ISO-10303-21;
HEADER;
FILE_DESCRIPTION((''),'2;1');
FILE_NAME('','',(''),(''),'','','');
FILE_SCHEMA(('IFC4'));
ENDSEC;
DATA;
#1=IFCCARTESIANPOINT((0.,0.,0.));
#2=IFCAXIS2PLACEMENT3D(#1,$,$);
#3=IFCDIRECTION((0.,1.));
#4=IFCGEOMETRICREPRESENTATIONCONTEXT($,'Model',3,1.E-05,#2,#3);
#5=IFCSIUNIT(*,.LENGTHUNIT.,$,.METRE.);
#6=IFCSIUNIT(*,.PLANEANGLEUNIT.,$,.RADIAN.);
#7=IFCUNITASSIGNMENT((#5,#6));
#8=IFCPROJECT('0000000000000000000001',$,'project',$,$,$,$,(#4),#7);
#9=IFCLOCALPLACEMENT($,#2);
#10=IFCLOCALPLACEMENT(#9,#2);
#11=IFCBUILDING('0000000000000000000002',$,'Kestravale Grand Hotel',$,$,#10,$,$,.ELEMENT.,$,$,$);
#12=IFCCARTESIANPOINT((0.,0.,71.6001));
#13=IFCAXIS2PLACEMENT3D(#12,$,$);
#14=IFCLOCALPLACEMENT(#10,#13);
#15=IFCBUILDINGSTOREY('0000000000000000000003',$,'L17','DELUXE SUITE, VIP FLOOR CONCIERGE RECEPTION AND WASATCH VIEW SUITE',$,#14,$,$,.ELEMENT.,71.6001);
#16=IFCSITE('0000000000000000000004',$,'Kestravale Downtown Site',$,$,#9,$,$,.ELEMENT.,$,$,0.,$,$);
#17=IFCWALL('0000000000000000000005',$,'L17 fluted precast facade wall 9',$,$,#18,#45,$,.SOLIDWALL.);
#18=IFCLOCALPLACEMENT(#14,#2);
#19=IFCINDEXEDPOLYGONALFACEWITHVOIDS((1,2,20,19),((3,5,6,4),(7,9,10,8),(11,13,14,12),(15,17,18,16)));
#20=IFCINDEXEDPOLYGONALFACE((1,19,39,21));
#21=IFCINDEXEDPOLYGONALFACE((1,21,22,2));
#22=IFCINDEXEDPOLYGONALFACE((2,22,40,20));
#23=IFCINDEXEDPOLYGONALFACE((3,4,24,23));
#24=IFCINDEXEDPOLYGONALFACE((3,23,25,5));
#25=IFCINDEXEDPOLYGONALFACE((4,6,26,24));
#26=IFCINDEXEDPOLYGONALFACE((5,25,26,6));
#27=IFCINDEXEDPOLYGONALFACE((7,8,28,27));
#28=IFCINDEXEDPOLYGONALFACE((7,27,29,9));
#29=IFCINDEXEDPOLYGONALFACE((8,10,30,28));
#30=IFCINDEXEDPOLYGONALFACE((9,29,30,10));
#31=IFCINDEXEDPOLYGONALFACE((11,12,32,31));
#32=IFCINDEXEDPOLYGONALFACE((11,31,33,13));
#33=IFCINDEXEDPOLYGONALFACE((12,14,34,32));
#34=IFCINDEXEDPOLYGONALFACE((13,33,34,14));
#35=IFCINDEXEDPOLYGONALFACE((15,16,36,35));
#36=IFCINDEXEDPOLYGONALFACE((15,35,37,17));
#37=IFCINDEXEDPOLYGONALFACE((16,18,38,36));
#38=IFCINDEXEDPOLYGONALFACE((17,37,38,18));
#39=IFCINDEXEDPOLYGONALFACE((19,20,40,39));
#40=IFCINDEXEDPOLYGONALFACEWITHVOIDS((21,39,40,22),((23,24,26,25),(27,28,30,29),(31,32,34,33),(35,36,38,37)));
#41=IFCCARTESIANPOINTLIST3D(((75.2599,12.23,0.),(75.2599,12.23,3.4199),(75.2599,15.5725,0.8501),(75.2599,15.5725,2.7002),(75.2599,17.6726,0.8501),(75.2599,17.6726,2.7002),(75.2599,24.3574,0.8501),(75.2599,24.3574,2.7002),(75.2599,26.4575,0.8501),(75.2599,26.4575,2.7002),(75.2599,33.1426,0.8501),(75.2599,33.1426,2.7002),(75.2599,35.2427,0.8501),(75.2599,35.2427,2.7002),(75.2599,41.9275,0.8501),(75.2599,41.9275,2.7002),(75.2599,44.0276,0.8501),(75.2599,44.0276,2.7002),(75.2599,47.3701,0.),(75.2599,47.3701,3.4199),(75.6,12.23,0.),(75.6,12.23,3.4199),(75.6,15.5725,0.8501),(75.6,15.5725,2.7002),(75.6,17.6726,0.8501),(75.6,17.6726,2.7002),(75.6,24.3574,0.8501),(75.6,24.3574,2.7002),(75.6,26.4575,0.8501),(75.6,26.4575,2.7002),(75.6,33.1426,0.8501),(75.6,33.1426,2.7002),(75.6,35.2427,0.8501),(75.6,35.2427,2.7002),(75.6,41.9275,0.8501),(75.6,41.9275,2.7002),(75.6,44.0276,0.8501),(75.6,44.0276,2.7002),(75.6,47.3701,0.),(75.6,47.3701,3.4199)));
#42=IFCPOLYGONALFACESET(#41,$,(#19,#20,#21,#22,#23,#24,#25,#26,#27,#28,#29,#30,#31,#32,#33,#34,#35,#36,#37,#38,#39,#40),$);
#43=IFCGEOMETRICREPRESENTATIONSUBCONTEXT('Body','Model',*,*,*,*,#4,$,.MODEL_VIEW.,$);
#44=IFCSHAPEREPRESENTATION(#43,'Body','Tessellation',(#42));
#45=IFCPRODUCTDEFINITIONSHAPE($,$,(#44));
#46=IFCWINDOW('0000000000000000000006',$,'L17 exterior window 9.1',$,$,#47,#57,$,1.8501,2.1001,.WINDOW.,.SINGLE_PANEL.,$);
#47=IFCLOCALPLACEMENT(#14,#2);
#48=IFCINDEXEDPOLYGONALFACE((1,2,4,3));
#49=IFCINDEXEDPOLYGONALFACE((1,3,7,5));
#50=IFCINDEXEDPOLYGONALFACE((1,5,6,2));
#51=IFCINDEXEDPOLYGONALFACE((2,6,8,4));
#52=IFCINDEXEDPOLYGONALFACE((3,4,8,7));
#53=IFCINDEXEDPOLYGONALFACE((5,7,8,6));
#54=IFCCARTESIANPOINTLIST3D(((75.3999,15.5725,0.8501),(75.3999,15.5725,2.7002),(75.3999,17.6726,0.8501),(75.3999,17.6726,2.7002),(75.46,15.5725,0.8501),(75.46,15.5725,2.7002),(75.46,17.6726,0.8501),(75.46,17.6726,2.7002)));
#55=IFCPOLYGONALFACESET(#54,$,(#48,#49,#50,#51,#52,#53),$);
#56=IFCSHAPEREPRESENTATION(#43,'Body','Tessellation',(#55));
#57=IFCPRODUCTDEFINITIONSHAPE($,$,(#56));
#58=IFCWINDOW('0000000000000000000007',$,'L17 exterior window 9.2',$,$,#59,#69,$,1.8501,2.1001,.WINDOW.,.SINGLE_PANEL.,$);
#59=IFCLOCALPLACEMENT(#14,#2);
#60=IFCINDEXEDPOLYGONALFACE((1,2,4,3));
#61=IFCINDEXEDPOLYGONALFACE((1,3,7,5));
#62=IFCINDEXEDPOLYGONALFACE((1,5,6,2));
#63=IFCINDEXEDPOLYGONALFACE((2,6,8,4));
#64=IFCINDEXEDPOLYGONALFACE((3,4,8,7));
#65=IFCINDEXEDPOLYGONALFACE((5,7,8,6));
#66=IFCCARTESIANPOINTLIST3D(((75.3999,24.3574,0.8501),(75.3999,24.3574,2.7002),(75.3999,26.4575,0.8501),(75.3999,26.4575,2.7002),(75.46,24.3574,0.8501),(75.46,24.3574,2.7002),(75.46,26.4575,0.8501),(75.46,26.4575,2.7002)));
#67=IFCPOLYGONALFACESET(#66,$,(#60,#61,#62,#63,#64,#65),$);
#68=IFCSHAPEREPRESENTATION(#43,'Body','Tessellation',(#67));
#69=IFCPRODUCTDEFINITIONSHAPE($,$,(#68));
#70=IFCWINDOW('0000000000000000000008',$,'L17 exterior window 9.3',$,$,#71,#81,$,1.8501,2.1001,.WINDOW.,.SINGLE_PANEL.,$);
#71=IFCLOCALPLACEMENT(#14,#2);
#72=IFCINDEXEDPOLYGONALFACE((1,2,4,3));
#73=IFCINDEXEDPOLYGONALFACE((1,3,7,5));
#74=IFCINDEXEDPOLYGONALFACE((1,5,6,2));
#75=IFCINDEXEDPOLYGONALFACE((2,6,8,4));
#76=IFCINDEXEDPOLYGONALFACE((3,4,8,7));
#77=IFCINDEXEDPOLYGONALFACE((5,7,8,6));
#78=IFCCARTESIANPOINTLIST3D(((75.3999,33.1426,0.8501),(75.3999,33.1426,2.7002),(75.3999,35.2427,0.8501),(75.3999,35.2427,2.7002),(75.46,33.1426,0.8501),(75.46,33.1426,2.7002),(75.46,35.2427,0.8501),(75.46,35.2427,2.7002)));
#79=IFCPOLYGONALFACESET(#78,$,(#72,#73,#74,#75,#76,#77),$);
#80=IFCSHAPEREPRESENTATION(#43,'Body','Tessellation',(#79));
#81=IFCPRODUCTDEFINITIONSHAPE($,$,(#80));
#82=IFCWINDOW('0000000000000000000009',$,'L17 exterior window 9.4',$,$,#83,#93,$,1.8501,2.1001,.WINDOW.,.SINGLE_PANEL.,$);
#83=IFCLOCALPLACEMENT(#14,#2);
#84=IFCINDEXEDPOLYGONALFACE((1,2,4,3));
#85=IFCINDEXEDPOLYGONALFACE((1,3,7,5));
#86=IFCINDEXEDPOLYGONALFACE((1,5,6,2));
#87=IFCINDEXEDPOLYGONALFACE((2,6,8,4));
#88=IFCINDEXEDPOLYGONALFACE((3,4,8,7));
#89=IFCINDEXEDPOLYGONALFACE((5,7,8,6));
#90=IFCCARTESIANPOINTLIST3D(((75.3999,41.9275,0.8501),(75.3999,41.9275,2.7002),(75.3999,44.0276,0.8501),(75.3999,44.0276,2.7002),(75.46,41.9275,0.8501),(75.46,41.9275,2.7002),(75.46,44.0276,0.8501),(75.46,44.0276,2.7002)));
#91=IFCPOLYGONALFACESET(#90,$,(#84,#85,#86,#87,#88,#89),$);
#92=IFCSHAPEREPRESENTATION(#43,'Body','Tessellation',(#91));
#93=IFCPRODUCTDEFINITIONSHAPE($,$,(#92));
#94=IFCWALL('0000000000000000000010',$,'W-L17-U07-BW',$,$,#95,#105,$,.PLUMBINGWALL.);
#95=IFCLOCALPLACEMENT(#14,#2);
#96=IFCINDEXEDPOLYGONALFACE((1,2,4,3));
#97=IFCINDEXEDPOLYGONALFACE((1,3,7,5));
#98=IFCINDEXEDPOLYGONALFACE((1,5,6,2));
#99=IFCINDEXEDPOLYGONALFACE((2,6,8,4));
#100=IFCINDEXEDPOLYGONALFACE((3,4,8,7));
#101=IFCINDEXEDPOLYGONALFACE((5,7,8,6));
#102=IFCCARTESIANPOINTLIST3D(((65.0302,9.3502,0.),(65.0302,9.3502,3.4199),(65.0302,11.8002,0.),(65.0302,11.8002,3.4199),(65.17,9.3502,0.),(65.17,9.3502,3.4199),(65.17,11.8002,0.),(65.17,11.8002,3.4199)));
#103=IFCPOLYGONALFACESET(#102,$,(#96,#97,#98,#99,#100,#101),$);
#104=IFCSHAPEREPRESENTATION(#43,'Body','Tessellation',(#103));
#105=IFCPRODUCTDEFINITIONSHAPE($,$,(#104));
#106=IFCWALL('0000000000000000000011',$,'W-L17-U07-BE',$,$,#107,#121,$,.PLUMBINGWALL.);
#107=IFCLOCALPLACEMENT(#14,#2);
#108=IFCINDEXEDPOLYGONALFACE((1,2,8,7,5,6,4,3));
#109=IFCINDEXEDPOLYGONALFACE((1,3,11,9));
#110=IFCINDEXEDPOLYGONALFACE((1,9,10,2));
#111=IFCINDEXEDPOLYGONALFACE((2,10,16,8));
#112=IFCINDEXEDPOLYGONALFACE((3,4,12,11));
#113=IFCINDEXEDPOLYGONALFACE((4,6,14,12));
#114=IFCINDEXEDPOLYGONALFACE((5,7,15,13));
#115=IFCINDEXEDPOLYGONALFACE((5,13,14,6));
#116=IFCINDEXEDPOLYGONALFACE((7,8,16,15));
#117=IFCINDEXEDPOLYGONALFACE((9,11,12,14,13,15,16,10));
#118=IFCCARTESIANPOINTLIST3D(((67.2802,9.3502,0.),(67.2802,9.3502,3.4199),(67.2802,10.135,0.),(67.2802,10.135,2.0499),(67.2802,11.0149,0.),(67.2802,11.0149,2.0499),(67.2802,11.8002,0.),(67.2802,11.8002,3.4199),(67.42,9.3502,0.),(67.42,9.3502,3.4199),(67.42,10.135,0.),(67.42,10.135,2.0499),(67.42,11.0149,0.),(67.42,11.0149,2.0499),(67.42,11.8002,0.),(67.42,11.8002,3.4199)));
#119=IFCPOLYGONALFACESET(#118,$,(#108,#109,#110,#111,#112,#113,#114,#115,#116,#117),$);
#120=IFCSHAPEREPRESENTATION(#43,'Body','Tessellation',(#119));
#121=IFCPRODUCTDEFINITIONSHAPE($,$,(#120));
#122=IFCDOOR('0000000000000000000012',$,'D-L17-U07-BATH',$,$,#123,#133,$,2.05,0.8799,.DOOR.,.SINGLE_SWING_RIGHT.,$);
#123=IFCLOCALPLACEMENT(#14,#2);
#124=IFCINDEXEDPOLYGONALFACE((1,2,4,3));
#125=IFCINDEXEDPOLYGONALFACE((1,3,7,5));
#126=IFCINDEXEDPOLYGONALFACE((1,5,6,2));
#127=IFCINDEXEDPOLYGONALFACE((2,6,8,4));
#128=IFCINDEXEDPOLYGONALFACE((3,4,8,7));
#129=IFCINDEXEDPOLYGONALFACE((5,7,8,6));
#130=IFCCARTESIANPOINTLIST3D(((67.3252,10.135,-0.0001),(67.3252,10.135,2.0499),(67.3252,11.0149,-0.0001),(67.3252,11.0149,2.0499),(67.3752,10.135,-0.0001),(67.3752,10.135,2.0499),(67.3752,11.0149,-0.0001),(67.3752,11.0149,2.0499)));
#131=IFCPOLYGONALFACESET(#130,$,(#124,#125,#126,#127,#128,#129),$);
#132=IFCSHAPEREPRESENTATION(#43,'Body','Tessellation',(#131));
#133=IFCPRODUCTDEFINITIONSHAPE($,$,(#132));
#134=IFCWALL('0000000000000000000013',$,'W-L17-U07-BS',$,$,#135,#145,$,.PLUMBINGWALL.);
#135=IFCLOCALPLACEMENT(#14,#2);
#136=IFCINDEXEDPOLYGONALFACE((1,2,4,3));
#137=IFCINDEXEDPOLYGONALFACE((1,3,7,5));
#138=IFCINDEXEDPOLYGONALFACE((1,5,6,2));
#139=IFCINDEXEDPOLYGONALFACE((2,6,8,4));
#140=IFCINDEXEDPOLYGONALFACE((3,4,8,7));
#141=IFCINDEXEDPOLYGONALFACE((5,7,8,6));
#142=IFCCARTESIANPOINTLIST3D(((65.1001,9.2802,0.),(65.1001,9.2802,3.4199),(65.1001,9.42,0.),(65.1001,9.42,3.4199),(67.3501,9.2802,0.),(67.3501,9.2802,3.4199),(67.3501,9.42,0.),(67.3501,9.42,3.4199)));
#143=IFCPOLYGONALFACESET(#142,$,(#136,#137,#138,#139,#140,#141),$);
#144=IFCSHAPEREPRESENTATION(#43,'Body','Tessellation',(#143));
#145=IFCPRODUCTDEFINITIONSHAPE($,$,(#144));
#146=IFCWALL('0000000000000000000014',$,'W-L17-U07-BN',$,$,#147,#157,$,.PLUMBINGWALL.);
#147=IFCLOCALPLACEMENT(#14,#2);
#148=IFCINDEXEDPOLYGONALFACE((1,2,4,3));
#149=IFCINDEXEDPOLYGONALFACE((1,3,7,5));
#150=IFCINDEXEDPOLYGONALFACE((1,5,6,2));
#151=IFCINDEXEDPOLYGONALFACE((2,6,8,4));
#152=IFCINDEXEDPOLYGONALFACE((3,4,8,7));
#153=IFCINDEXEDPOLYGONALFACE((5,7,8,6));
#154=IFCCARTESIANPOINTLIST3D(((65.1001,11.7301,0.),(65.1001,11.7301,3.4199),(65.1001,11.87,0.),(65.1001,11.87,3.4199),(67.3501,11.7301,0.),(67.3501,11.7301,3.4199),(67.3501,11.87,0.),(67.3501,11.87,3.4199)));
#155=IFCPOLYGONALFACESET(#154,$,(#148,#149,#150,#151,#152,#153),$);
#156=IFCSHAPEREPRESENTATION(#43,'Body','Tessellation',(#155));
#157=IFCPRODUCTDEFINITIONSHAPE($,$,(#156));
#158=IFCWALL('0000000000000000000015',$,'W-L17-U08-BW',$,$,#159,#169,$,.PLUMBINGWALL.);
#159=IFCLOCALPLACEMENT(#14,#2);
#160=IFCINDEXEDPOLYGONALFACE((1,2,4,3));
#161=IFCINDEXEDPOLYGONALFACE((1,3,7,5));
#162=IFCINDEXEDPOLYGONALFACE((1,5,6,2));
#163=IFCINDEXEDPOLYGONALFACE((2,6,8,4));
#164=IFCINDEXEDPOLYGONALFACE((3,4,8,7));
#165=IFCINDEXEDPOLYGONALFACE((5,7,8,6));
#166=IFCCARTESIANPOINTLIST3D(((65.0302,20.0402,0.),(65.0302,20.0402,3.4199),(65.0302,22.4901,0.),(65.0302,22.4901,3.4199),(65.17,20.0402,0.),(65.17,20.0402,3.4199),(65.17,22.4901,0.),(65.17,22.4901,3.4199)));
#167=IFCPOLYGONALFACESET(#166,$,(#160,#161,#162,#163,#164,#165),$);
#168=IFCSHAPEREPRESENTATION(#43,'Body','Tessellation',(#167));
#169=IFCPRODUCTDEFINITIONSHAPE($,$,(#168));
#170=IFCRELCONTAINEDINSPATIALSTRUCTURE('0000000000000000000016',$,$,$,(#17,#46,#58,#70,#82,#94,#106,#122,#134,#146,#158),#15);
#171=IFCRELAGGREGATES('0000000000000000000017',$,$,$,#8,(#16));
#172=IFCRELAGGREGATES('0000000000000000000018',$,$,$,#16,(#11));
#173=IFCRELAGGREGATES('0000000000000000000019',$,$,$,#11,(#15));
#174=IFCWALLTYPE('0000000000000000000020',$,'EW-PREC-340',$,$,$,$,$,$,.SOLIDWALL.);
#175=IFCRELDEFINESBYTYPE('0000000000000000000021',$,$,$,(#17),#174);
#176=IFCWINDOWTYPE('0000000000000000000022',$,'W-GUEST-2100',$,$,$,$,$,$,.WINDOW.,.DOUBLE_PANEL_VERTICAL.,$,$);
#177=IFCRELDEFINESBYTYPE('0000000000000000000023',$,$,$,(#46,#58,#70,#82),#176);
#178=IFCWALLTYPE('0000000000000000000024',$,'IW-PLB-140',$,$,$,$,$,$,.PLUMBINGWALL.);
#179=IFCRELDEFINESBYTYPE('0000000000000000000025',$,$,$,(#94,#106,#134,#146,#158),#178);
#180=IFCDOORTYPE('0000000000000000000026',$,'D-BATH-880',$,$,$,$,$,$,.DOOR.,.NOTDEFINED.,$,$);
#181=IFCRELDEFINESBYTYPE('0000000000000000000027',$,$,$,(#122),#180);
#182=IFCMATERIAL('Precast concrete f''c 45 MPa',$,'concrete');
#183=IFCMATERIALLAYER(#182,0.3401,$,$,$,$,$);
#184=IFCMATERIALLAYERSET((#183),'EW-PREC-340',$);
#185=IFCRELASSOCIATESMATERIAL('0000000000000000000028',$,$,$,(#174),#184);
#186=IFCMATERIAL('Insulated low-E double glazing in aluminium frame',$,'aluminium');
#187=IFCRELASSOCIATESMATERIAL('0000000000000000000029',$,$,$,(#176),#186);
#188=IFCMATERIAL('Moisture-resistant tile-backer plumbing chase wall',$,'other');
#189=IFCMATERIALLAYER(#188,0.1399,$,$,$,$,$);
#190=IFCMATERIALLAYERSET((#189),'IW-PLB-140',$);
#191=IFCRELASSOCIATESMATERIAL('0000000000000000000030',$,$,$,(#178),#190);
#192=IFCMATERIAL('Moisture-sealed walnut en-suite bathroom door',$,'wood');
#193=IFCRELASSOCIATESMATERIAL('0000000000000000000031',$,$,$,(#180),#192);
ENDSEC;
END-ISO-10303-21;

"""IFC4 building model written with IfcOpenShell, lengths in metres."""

from ifc_helpers import new_model, si_unit, direction, frame, frame_2d, origin, place, context, subcontext, project, spatial, rectangle, extrude, material, layer, layer_set, type_object, element, fill, save


model = new_model("IFC4")

# Units and contexts
model_context = context("Model", 3, precision=1e-05, world=origin(), true_north=direction((0.0, 1.0)))
body_context = subcontext(model_context, "Body", "Model", "MODEL_VIEW")
ifc_project = project(units=[si_unit("LENGTHUNIT", "METRE"), si_unit("PLANEANGLEUNIT", "RADIAN")], contexts=[model_context])

# Site, building, storey
site_placement = place(None, origin())
site = spatial("IfcSite", under=ifc_project, at=site_placement, Name="Kestravale Downtown Site", CompositionType="ELEMENT", RefElevation=0.0)
building_placement = place(site_placement, origin())
building = spatial("IfcBuilding", under=site, at=building_placement, Name="Kestravale Grand Hotel", CompositionType="ELEMENT")
storey_placement = place(building_placement, frame((0.0, 0.0, 71.6001)))
storey = spatial("IfcBuildingStorey", under=building, at=storey_placement, Name="L17", Description="DELUXE SUITE, VIP FLOOR CONCIERGE RECEPTION AND WASATCH VIEW SUITE", CompositionType="ELEMENT", Elevation=71.6001)

# Shared definitions
ifc_material_1 = material(Name="Precast concrete f'c 45 MPa", Category="concrete")
ifc_layer_1 = layer(ifc_material_1, 0.3401)
ifc_layer_set_1 = layer_set([ifc_layer_1], Name="EW-PREC-340")
wall_type_1 = type_object("IfcWallType", Name="EW-PREC-340", PredefinedType="SOLIDWALL", material=ifc_layer_set_1)
ifc_material_2 = material(Name="Insulated low-E double glazing in aluminium frame", Category="aluminium")
window_type = type_object("IfcWindowType", Name="W-GUEST-2100", PartitioningType="DOUBLE_PANEL_VERTICAL", PredefinedType="WINDOW", material=ifc_material_2)

# Wall, openings, windows
wall_1_placement = place(storey_placement, frame((75.4299, 12.23, 0.0), z_axis=(0.0, 0.0, 1.0), x_axis=(0.0, 1.0, 0.0)))
wall_1 = element("IfcWall", 1, at=wall_1_placement, inside=storey, type_object=wall_type_1, Name="L17 fluted precast facade wall 9", PredefinedType="SOLIDWALL", context=body_context, shape_type="SweptSolid", body=[
    extrude(rectangle(XDim=35.1401, YDim=0.3401, at=frame_2d((17.5701, 0.0))), origin(), (0.0, 0.0, 1.0), 3.4199),
])
opening_1_placement = place(wall_1_placement, frame((3.3425, 0.0, 0.8501)))
opening_1 = element("IfcOpeningElement", 2, at=opening_1_placement, cuts=wall_1, PredefinedType="OPENING", context=body_context, shape_type="SweptSolid", body=[
    extrude(rectangle(XDim=2.1001, YDim=1.8501, at=frame_2d((1.05, 0.925))), frame((0.0, 0.1799, 0.0), z_axis=(0.0, -1.0, 0.0), x_axis=(1.0, 0.0, 0.0)), (0.0, 0.0, 1.0), 0.3601),
])
opening_2_placement = place(wall_1_placement, frame((12.1274, 0.0, 0.8501)))
opening_2 = element("IfcOpeningElement", 3, at=opening_2_placement, cuts=wall_1, PredefinedType="OPENING", context=body_context, shape_type="SweptSolid", body=[
    extrude(rectangle(XDim=2.1001, YDim=1.8501, at=frame_2d((1.05, 0.925))), frame((0.0, 0.1799, 0.0), z_axis=(0.0, -1.0, 0.0), x_axis=(1.0, 0.0, 0.0)), (0.0, 0.0, 1.0), 0.3601),
])
opening_3_placement = place(wall_1_placement, frame((20.9126, 0.0, 0.8501)))
opening_3 = element("IfcOpeningElement", 4, at=opening_3_placement, cuts=wall_1, PredefinedType="OPENING", context=body_context, shape_type="SweptSolid", body=[
    extrude(rectangle(XDim=2.1001, YDim=1.8501, at=frame_2d((1.05, 0.925))), frame((0.0, 0.1799, 0.0), z_axis=(0.0, -1.0, 0.0), x_axis=(1.0, 0.0, 0.0)), (0.0, 0.0, 1.0), 0.3601),
])
opening_4_placement = place(wall_1_placement, frame((29.6975, 0.0, 0.8501)))
opening_4 = element("IfcOpeningElement", 5, at=opening_4_placement, cuts=wall_1, PredefinedType="OPENING", context=body_context, shape_type="SweptSolid", body=[
    extrude(rectangle(XDim=2.1001, YDim=1.8501, at=frame_2d((1.05, 0.925))), frame((0.0, 0.1799, 0.0), z_axis=(0.0, -1.0, 0.0), x_axis=(1.0, 0.0, 0.0)), (0.0, 0.0, 1.0), 0.3601),
])
window_1_placement = place(opening_1_placement, origin())
window_1 = element("IfcWindow", 6, at=window_1_placement, inside=storey, type_object=window_type, Name="L17 exterior window 9.1", OverallHeight=1.8501, OverallWidth=2.1001, PartitioningType="SINGLE_PANEL", PredefinedType="WINDOW", context=body_context, shape_type="SweptSolid", body=[
    extrude(rectangle(XDim=2.1001, YDim=1.8501, at=frame_2d((1.05, 0.925))), frame((0.0, 0.03, 0.0), z_axis=(0.0, -1.0, 0.0), x_axis=(1.0, 0.0, 0.0)), (0.0, 0.0, 1.0), 0.0601),
])
fill(opening_1, window_1)
window_2_placement = place(opening_2_placement, origin())
window_2 = element("IfcWindow", 7, at=window_2_placement, inside=storey, type_object=window_type, Name="L17 exterior window 9.2", OverallHeight=1.8501, OverallWidth=2.1001, PartitioningType="SINGLE_PANEL", PredefinedType="WINDOW", context=body_context, shape_type="SweptSolid", body=[
    extrude(rectangle(XDim=2.1001, YDim=1.8501, at=frame_2d((1.05, 0.925))), frame((0.0, 0.03, 0.0), z_axis=(0.0, -1.0, 0.0), x_axis=(1.0, 0.0, 0.0)), (0.0, 0.0, 1.0), 0.0601),
])
fill(opening_2, window_2)
window_3_placement = place(opening_3_placement, origin())
window_3 = element("IfcWindow", 8, at=window_3_placement, inside=storey, type_object=window_type, Name="L17 exterior window 9.3", OverallHeight=1.8501, OverallWidth=2.1001, PartitioningType="SINGLE_PANEL", PredefinedType="WINDOW", context=body_context, shape_type="SweptSolid", body=[
    extrude(rectangle(XDim=2.1001, YDim=1.8501, at=frame_2d((1.05, 0.925))), frame((0.0, 0.03, 0.0), z_axis=(0.0, -1.0, 0.0), x_axis=(1.0, 0.0, 0.0)), (0.0, 0.0, 1.0), 0.0601),
])
fill(opening_3, window_3)
window_4_placement = place(opening_4_placement, origin())
window_4 = element("IfcWindow", 9, at=window_4_placement, inside=storey, type_object=window_type, Name="L17 exterior window 9.4", OverallHeight=1.8501, OverallWidth=2.1001, PartitioningType="SINGLE_PANEL", PredefinedType="WINDOW", context=body_context, shape_type="SweptSolid", body=[
    extrude(rectangle(XDim=2.1001, YDim=1.8501, at=frame_2d((1.05, 0.925))), frame((0.0, 0.03, 0.0), z_axis=(0.0, -1.0, 0.0), x_axis=(1.0, 0.0, 0.0)), (0.0, 0.0, 1.0), 0.0601),
])
fill(opening_4, window_4)

# Wall
ifc_material_3 = material(Name="Moisture-resistant tile-backer plumbing chase wall", Category="other")
ifc_layer_2 = layer(ifc_material_3, 0.1399)
ifc_layer_set_2 = layer_set([ifc_layer_2], Name="IW-PLB-140")
wall_type_2 = type_object("IfcWallType", Name="IW-PLB-140", PredefinedType="PLUMBINGWALL", material=ifc_layer_set_2)
wall_2_placement = place(storey_placement, frame((65.1001, 9.3501, 0.0), z_axis=(0.0, 0.0, 1.0), x_axis=(0.0, 1.0, 0.0)))
element("IfcWall", 10, at=wall_2_placement, inside=storey, type_object=wall_type_2, Name="W-L17-U07-BW", PredefinedType="PLUMBINGWALL", context=body_context, shape_type="SweptSolid", body=[
    extrude(rectangle(XDim=2.45, YDim=0.1399, at=frame_2d((1.2251, 0.0))), origin(), (0.0, 0.0, 1.0), 3.4199),
])

# Wall, opening, door
wall_3_placement = place(storey_placement, frame((67.3501, 9.3501, 0.0), z_axis=(0.0, 0.0, 1.0), x_axis=(0.0, 1.0, 0.0)))
wall_3 = element("IfcWall", 11, at=wall_3_placement, inside=storey, type_object=wall_type_2, Name="W-L17-U07-BE", PredefinedType="PLUMBINGWALL", context=body_context, shape_type="SweptSolid", body=[
    extrude(rectangle(XDim=2.45, YDim=0.1399, at=frame_2d((1.2251, 0.0))), origin(), (0.0, 0.0, 1.0), 3.4199),
])
opening_5_placement = place(wall_3_placement, frame((0.7849, 0.0, 0.0)))
opening_5 = element("IfcOpeningElement", 12, at=opening_5_placement, cuts=wall_3, PredefinedType="OPENING", context=body_context, shape_type="SweptSolid", body=[
    extrude(rectangle(XDim=0.8799, YDim=2.05, at=frame_2d((0.4399, 1.0249))), frame((0.0, 0.0798, 0.0), z_axis=(0.0, -1.0, 0.0), x_axis=(1.0, 0.0, 0.0)), (0.0, 0.0, 1.0), 0.1599),
])
ifc_material_4 = material(Name="Moisture-sealed walnut en-suite bathroom door", Category="wood")
door_type = type_object("IfcDoorType", Name="D-BATH-880", OperationType="NOTDEFINED", PredefinedType="DOOR", material=ifc_material_4)
door_1_placement = place(opening_5_placement, origin())
door_1 = element("IfcDoor", 13, at=door_1_placement, inside=storey, type_object=door_type, Name="D-L17-U07-BATH", OperationType="SINGLE_SWING_RIGHT", OverallHeight=2.05, OverallWidth=0.8799, PredefinedType="DOOR", context=body_context, shape_type="SweptSolid", body=[
    extrude(rectangle(XDim=0.8799, YDim=2.05, at=frame_2d((0.4399, 1.0249))), frame((0.0, 0.0249, 0.0), z_axis=(0.0, -1.0, 0.0), x_axis=(1.0, 0.0, 0.0)), (0.0, 0.0, 1.0), 0.05),
])
fill(opening_5, door_1)

# Walls
for number, where, z_axis, x_axis, name in (
    (14, (65.1001, 9.3501, 0.0), (0.0, 0.0, 1.0), (1.0, 0.0, 0.0), "W-L17-U07-BS"),
    (15, (65.1001, 11.8, 0.0), (0.0, 0.0, 1.0), (1.0, 0.0, 0.0), "W-L17-U07-BN"),
):
    element("IfcWall", number, at=place(storey_placement, frame(where, z_axis=z_axis, x_axis=x_axis)), inside=storey, type_object=wall_type_2, Name=name, PredefinedType="PLUMBINGWALL", context=body_context, shape_type="SweptSolid", body=[
        extrude(rectangle(XDim=2.25, YDim=0.1399, at=frame_2d((1.125, 0.0))), origin(), (0.0, 0.0, 1.0), 3.4199),
    ])
wall_4_placement = place(storey_placement, frame((65.1001, 20.04, 0.0), z_axis=(0.0, 0.0, 1.0), x_axis=(0.0, 1.0, 0.0)))
element("IfcWall", 16, at=wall_4_placement, inside=storey, type_object=wall_type_2, Name="W-L17-U08-BW", PredefinedType="PLUMBINGWALL", context=body_context, shape_type="SweptSolid", body=[
    extrude(rectangle(XDim=2.45, YDim=0.1399, at=frame_2d((1.2251, 0.0))), origin(), (0.0, 0.0, 1.0), 3.4199),
])

save(model, "model.ifc")
